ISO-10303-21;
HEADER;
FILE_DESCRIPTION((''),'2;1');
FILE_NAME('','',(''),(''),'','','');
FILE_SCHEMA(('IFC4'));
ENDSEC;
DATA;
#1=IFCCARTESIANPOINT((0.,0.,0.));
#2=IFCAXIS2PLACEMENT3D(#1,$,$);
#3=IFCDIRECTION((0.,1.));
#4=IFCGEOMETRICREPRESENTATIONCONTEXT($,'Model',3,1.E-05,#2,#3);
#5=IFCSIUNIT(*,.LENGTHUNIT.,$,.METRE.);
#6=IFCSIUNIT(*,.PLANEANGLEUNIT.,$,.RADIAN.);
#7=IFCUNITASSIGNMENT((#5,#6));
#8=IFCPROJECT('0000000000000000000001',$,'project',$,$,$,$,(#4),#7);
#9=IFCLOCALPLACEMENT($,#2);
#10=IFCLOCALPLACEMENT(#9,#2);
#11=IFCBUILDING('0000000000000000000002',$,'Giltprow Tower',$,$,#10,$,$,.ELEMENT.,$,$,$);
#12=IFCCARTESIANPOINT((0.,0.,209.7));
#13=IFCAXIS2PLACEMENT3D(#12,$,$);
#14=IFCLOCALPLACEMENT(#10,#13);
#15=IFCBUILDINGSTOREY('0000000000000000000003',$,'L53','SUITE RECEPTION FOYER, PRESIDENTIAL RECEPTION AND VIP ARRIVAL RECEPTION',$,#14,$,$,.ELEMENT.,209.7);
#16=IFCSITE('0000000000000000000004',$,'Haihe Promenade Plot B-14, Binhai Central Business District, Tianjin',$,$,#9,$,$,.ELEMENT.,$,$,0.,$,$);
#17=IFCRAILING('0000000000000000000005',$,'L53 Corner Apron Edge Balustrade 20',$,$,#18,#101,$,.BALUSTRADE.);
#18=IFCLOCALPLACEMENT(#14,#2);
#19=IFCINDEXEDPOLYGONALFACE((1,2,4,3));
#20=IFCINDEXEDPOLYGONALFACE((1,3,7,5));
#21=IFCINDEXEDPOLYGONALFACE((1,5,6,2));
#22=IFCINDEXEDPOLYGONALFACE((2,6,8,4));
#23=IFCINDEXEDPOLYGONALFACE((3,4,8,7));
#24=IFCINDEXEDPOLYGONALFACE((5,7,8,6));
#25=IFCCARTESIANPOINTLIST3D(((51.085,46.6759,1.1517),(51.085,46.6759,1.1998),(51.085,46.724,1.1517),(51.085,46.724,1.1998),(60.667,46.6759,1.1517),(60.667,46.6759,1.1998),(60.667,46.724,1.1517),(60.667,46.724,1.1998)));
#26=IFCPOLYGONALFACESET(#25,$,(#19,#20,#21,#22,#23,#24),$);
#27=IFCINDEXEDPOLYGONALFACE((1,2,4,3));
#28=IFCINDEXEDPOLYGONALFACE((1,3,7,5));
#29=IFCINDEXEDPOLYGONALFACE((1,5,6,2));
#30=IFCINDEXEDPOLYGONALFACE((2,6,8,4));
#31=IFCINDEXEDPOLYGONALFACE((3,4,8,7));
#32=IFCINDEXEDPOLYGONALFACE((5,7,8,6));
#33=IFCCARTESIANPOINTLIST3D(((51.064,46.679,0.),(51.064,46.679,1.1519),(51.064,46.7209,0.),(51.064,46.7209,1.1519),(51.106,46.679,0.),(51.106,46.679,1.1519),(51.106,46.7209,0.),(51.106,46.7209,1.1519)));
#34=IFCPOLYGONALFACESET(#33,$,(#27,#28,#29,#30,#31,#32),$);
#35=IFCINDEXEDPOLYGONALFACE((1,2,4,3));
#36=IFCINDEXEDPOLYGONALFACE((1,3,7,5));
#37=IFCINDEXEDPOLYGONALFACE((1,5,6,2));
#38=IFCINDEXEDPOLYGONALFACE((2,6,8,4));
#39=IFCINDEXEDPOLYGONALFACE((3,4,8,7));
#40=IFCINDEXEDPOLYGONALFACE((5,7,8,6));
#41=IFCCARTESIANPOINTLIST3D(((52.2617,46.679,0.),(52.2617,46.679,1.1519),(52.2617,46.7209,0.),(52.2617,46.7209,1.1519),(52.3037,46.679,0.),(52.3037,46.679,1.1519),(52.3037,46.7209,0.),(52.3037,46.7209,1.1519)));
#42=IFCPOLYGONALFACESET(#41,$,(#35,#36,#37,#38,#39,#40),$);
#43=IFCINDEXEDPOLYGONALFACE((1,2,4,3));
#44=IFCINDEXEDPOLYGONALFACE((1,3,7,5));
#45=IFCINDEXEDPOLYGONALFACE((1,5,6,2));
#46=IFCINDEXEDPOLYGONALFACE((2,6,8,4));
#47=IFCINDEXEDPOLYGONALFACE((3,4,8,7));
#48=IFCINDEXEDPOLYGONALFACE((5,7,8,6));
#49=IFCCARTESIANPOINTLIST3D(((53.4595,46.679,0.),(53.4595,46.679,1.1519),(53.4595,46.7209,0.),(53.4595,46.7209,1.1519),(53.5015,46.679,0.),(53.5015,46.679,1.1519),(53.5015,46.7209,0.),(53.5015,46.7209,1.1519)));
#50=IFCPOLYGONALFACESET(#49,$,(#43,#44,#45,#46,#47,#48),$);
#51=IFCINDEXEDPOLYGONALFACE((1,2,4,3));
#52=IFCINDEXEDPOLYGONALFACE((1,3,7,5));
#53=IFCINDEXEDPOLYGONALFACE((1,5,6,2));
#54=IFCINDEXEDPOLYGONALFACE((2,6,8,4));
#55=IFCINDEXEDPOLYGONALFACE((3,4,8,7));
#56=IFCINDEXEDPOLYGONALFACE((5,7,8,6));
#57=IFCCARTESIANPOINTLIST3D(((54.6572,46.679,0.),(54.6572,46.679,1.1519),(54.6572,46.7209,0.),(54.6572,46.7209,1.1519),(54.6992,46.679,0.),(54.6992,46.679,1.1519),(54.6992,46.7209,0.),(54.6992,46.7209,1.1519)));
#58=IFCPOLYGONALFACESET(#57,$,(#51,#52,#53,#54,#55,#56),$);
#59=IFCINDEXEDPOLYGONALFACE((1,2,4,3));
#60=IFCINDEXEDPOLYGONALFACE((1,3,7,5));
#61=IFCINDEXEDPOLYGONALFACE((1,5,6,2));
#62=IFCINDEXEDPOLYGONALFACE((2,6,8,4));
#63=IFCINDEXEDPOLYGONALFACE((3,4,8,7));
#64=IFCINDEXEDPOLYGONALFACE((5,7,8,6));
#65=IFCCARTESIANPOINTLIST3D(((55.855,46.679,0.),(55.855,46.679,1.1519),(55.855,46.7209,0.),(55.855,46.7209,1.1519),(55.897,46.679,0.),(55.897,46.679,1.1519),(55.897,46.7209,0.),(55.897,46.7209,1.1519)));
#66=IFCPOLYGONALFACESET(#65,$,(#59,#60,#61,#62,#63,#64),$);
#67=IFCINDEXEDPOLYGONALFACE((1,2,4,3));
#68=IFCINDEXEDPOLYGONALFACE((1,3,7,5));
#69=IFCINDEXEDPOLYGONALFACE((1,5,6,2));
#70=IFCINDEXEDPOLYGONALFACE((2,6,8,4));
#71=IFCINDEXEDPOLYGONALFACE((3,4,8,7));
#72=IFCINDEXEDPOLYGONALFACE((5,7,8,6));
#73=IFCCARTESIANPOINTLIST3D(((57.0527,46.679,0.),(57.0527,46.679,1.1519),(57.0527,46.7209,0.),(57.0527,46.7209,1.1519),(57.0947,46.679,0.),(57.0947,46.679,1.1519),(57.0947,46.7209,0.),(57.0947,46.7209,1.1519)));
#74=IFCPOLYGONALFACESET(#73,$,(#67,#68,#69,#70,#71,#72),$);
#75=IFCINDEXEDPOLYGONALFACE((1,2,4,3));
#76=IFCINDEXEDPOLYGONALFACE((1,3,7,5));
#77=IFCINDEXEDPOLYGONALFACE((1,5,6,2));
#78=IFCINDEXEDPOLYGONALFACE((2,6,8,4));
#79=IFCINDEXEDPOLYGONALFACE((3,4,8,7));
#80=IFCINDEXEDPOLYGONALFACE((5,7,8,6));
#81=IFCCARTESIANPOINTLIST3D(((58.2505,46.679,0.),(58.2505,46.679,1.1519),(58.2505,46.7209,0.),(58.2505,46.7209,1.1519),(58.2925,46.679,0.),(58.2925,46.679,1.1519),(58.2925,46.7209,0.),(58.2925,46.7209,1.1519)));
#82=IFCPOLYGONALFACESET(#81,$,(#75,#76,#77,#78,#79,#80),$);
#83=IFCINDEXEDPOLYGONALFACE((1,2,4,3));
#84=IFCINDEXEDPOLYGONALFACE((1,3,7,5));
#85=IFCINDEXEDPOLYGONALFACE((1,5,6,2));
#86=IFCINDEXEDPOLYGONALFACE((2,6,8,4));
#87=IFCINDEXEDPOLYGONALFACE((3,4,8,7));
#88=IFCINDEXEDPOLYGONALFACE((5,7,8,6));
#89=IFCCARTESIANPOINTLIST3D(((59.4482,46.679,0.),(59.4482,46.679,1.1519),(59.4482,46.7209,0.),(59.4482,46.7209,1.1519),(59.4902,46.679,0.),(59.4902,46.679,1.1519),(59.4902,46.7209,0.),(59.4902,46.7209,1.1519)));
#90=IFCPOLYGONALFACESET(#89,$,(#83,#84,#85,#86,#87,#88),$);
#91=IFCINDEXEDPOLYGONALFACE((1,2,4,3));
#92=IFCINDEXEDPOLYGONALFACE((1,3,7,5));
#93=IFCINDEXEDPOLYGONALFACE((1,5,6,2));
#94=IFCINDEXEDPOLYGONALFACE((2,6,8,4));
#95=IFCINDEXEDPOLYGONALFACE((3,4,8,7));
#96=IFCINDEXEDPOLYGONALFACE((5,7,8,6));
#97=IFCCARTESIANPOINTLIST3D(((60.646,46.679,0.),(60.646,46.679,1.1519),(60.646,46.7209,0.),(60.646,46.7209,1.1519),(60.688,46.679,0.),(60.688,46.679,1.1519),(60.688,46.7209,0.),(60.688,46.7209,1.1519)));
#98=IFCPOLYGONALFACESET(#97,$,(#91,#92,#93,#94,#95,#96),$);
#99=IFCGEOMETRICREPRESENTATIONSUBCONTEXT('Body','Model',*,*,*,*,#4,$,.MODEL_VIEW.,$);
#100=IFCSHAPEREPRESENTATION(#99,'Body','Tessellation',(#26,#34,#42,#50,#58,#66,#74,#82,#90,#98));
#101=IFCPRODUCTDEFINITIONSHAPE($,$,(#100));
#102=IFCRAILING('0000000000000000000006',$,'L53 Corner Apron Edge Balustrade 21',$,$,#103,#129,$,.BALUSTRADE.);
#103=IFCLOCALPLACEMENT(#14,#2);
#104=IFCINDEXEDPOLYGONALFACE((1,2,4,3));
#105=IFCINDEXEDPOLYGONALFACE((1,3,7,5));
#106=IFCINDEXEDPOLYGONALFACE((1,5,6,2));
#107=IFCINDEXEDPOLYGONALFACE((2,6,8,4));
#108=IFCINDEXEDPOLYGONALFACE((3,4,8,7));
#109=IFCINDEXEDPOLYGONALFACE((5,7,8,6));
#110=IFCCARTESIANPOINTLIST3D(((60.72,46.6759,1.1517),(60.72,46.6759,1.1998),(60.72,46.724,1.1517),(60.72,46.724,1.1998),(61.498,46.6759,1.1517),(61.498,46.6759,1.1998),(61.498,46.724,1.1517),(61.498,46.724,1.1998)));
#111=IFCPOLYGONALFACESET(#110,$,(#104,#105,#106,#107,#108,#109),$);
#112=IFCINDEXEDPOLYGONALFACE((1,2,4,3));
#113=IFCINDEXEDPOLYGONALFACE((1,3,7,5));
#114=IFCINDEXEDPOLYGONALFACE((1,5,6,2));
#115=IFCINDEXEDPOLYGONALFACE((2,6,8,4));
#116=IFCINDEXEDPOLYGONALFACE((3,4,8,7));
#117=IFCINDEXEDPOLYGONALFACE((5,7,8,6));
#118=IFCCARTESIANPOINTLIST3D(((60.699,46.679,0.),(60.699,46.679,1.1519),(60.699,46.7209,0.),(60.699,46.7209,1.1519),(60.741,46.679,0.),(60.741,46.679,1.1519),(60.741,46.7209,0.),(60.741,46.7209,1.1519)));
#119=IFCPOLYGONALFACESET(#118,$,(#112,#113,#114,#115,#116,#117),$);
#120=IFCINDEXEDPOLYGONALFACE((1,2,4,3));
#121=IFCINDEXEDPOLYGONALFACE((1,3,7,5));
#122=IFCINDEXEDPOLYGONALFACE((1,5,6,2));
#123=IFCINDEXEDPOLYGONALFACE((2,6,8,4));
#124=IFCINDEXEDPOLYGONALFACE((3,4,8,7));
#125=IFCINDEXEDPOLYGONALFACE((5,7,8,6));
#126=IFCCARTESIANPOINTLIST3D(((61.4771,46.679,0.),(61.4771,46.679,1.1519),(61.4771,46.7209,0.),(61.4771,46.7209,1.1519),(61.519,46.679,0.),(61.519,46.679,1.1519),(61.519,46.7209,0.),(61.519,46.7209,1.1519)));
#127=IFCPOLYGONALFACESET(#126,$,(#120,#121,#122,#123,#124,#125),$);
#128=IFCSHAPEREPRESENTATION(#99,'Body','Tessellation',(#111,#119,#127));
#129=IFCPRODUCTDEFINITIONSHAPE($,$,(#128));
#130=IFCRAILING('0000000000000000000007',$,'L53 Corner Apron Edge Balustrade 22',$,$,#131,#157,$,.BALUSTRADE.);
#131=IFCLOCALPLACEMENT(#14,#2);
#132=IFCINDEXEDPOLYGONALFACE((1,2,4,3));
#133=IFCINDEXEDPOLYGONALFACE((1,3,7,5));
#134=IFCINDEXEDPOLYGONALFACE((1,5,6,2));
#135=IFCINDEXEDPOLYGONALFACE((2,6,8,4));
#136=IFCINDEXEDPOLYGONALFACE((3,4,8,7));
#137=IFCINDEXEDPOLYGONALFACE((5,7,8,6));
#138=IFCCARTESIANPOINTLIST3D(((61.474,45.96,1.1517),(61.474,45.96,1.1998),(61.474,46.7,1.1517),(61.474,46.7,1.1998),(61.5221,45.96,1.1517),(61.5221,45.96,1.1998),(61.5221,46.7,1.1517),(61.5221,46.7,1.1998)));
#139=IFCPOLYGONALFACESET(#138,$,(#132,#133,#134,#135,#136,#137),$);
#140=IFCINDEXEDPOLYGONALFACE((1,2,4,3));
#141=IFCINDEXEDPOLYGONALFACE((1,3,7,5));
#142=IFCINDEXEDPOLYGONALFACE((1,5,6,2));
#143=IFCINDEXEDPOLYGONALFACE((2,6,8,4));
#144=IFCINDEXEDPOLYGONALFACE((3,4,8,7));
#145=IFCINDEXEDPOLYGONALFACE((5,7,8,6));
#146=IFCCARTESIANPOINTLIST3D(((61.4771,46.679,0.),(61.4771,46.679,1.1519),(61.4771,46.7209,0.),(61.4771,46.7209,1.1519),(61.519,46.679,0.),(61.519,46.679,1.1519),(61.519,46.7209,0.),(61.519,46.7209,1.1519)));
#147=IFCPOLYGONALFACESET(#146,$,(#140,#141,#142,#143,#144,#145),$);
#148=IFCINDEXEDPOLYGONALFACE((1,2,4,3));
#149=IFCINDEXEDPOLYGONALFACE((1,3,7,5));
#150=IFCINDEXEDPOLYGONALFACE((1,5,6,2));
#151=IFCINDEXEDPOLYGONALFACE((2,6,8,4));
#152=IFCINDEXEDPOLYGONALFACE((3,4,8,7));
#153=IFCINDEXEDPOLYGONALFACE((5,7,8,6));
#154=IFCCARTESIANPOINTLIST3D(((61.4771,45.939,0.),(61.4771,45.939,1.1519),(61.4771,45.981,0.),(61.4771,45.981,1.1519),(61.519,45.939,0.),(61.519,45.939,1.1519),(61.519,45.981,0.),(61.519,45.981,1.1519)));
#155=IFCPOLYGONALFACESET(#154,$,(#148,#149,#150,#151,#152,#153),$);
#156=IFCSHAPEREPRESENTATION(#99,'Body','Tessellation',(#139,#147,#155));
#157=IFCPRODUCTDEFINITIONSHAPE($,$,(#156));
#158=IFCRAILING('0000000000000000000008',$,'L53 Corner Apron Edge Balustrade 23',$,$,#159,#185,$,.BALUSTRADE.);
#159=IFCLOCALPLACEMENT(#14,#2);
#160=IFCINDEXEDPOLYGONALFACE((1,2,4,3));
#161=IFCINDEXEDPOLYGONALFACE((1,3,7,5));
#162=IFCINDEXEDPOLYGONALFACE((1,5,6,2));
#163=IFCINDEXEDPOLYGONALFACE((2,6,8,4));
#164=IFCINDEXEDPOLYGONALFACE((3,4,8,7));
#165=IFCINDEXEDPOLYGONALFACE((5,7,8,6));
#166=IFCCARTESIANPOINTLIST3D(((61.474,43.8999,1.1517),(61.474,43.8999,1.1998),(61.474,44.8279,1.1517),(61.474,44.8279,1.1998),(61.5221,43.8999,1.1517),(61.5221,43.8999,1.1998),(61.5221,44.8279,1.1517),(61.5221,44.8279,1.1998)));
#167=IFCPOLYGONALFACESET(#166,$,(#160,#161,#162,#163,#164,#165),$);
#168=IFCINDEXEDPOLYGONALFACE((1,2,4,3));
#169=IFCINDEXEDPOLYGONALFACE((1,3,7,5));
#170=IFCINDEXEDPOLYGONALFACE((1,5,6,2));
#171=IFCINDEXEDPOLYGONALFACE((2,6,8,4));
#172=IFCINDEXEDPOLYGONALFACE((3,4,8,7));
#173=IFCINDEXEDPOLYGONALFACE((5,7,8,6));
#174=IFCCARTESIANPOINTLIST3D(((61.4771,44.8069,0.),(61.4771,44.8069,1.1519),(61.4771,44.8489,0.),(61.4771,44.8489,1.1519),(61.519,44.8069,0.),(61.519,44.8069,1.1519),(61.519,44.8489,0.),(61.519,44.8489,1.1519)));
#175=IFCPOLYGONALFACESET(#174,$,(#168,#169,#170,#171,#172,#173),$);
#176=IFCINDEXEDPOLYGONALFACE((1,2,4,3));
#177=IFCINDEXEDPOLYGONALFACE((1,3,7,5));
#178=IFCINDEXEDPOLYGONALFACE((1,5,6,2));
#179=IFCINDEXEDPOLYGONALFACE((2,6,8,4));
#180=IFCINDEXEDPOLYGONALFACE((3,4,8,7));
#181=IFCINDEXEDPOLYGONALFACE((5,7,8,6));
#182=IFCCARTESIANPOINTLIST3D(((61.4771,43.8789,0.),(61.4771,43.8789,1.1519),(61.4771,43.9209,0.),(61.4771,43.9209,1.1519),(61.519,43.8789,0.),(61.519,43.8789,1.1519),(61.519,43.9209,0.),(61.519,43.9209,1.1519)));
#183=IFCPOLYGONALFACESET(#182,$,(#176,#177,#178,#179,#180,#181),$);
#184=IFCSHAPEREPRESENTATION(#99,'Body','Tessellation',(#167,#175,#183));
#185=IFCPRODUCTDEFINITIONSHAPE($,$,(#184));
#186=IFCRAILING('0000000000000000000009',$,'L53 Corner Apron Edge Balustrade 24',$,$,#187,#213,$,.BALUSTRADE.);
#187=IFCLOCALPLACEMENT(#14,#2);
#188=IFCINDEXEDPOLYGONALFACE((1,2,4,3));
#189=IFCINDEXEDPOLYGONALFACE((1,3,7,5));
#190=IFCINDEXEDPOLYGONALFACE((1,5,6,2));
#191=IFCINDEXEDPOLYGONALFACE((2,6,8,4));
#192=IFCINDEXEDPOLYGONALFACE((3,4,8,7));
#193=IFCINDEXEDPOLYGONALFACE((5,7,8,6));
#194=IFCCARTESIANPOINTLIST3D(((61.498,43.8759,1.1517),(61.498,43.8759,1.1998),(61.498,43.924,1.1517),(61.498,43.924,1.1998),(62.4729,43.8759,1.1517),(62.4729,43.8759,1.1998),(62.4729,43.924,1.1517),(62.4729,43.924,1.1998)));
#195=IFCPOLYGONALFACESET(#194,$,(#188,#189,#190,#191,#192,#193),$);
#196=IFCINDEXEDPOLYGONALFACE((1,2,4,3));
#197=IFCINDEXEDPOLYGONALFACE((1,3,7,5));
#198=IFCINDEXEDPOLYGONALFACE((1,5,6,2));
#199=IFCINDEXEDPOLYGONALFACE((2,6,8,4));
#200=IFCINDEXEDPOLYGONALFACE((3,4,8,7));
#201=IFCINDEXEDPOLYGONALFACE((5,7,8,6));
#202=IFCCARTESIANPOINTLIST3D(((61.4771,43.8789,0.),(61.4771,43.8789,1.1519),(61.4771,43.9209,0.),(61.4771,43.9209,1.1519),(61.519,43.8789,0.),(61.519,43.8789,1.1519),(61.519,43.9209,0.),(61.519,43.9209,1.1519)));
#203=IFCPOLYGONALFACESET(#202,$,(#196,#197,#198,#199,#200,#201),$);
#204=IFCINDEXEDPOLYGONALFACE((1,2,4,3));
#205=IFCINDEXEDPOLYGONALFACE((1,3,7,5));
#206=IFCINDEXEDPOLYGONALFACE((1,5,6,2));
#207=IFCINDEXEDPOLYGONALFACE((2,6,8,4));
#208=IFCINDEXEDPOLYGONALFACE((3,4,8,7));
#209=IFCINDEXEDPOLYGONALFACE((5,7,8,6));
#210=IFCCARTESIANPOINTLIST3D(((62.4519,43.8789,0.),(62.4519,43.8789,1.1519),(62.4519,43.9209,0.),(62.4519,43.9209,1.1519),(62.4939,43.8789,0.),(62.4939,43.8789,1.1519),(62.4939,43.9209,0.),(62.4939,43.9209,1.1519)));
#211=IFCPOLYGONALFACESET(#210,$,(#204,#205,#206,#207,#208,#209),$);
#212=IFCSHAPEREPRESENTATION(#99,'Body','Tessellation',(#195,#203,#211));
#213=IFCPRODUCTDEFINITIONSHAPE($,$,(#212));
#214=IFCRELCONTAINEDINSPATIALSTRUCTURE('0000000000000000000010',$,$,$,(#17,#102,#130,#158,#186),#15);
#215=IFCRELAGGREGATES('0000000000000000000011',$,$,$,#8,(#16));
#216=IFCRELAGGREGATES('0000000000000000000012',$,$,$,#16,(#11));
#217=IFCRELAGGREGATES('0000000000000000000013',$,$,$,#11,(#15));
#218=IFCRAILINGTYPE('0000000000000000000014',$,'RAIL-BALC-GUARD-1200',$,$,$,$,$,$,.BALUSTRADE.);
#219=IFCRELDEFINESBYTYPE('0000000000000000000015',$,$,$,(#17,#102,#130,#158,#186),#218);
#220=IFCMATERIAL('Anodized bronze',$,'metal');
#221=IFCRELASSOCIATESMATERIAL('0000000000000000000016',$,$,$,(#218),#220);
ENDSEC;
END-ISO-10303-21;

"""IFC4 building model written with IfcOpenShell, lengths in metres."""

from ifc_helpers import new_model, si_unit, direction, frame, origin, origin_2d, place, context, subcontext, project, spatial, rectangle, extrude, material, type_object, element, save


model = new_model("IFC4")

# Units and contexts
model_context = context("Model", 3, precision=1e-05, world=origin(), true_north=direction((0.0, 1.0)))
body_context = subcontext(model_context, "Body", "Model", "MODEL_VIEW")
ifc_project = project(units=[si_unit("LENGTHUNIT", "METRE"), si_unit("PLANEANGLEUNIT", "RADIAN")], contexts=[model_context])

# Site, building, storey
site_placement = place(None, origin())
site = spatial("IfcSite", under=ifc_project, at=site_placement, Name="Haihe Promenade Plot B-14, Binhai Central Business District, Tianjin", CompositionType="ELEMENT", RefElevation=0.0)
building_placement = place(site_placement, origin())
building = spatial("IfcBuilding", under=site, at=building_placement, Name="Giltprow Tower", CompositionType="ELEMENT")
storey_placement = place(building_placement, frame((0.0, 0.0, 209.7)))
storey = spatial("IfcBuildingStorey", under=building, at=storey_placement, Name="L53", Description="SUITE RECEPTION FOYER, PRESIDENTIAL RECEPTION AND VIP ARRIVAL RECEPTION", CompositionType="ELEMENT", Elevation=209.7)

# Railings
ifc_material_1 = material(Name="Anodized bronze", Category="metal")
railing_type_1 = type_object("IfcRailingType", Name="RAIL-BALC-GUARD-1200", PredefinedType="BALUSTRADE", material=ifc_material_1)
railing_1_placement = place(storey_placement, frame((51.085, 46.7, 0.0)))
element("IfcRailing", 1, at=railing_1_placement, inside=storey, type_object=railing_type_1, Name="L53 Corner Apron Edge Balustrade 20", PredefinedType="BALUSTRADE", context=body_context, shape_type="SweptSolid", body=[
    extrude(rectangle(XDim=0.0481, YDim=0.0481, at=origin_2d()), frame((0.0, 0.0, 1.1758), z_axis=(1.0, 0.0, 0.0), x_axis=(0.0, 1.0, 0.0)), (0.0, 0.0, 1.0), 9.582),
    extrude(rectangle(XDim=0.042, YDim=0.042, at=origin_2d()), origin(), (0.0, 0.0, 1.0), 1.1519),
    extrude(rectangle(XDim=0.042, YDim=0.042, at=origin_2d()), frame((1.1978, 0.0, 0.0)), (0.0, 0.0, 1.0), 1.1519),
    extrude(rectangle(XDim=0.042, YDim=0.042, at=origin_2d()), frame((2.3955, 0.0, 0.0)), (0.0, 0.0, 1.0), 1.1519),
    extrude(rectangle(XDim=0.042, YDim=0.042, at=origin_2d()), frame((3.5933, 0.0, 0.0)), (0.0, 0.0, 1.0), 1.1519),
    extrude(rectangle(XDim=0.042, YDim=0.042, at=origin_2d()), frame((4.791, 0.0, 0.0)), (0.0, 0.0, 1.0), 1.1519),
    extrude(rectangle(XDim=0.042, YDim=0.042, at=origin_2d()), frame((5.9888, 0.0, 0.0)), (0.0, 0.0, 1.0), 1.1519),
    extrude(rectangle(XDim=0.042, YDim=0.042, at=origin_2d()), frame((7.1865, 0.0, 0.0)), (0.0, 0.0, 1.0), 1.1519),
    extrude(rectangle(XDim=0.042, YDim=0.042, at=origin_2d()), frame((8.3843, 0.0, 0.0)), (0.0, 0.0, 1.0), 1.1519),
    extrude(rectangle(XDim=0.042, YDim=0.042, at=origin_2d()), frame((9.582, 0.0, 0.0)), (0.0, 0.0, 1.0), 1.1519),
])
railing_2_placement = place(storey_placement, frame((60.72, 46.7, 0.0)))
element("IfcRailing", 2, at=railing_2_placement, inside=storey, type_object=railing_type_1, Name="L53 Corner Apron Edge Balustrade 21", PredefinedType="BALUSTRADE", context=body_context, shape_type="SweptSolid", body=[
    extrude(rectangle(XDim=0.0481, YDim=0.0481, at=origin_2d()), frame((0.0, 0.0, 1.1758), z_axis=(1.0, 0.0, 0.0), x_axis=(0.0, 1.0, 0.0)), (0.0, 0.0, 1.0), 0.7781),
    extrude(rectangle(XDim=0.042, YDim=0.042, at=origin_2d()), origin(), (0.0, 0.0, 1.0), 1.1519),
    extrude(rectangle(XDim=0.042, YDim=0.042, at=origin_2d()), frame((0.7781, 0.0, 0.0)), (0.0, 0.0, 1.0), 1.1519),
])
railing_3_placement = place(storey_placement, frame((61.498, 46.7, 0.0)))
element("IfcRailing", 3, at=railing_3_placement, inside=storey, type_object=railing_type_1, Name="L53 Corner Apron Edge Balustrade 22", PredefinedType="BALUSTRADE", context=body_context, shape_type="SweptSolid", body=[
    extrude(rectangle(XDim=0.0481, YDim=0.0481, at=origin_2d()), frame((0.0, 0.0, 1.1758), z_axis=(0.0, -1.0, 0.0), x_axis=(1.0, 0.0, 0.0)), (0.0, 0.0, 1.0), 0.74),
    extrude(rectangle(XDim=0.042, YDim=0.042, at=origin_2d()), origin(), (0.0, 0.0, 1.0), 1.1519),
    extrude(rectangle(XDim=0.042, YDim=0.042, at=origin_2d()), frame((0.0, -0.74, 0.0)), (0.0, 0.0, 1.0), 1.1519),
])
railing_4_placement = place(storey_placement, frame((61.498, 44.8279, 0.0)))
element("IfcRailing", 4, at=railing_4_placement, inside=storey, type_object=railing_type_1, Name="L53 Corner Apron Edge Balustrade 23", PredefinedType="BALUSTRADE", context=body_context, shape_type="SweptSolid", body=[
    extrude(rectangle(XDim=0.0481, YDim=0.0481, at=origin_2d()), frame((0.0, 0.0, 1.1758), z_axis=(0.0, -1.0, 0.0), x_axis=(1.0, 0.0, 0.0)), (0.0, 0.0, 1.0), 0.928),
    extrude(rectangle(XDim=0.042, YDim=0.042, at=origin_2d()), origin(), (0.0, 0.0, 1.0), 1.1519),
    extrude(rectangle(XDim=0.042, YDim=0.042, at=origin_2d()), frame((0.0, -0.928, 0.0)), (0.0, 0.0, 1.0), 1.1519),
])
railing_5_placement = place(storey_placement, frame((61.498, 43.8999, 0.0)))
element("IfcRailing", 5, at=railing_5_placement, inside=storey, type_object=railing_type_1, Name="L53 Corner Apron Edge Balustrade 24", PredefinedType="BALUSTRADE", context=body_context, shape_type="SweptSolid", body=[
    extrude(rectangle(XDim=0.0481, YDim=0.0481, at=origin_2d()), frame((0.0, 0.0, 1.1758), z_axis=(1.0, 0.0, 0.0), x_axis=(0.0, 1.0, 0.0)), (0.0, 0.0, 1.0), 0.9749),
    extrude(rectangle(XDim=0.042, YDim=0.042, at=origin_2d()), origin(), (0.0, 0.0, 1.0), 1.1519),
    extrude(rectangle(XDim=0.042, YDim=0.042, at=origin_2d()), frame((0.9749, 0.0, 0.0)), (0.0, 0.0, 1.0), 1.1519),
])

save(model, "model.ifc")
